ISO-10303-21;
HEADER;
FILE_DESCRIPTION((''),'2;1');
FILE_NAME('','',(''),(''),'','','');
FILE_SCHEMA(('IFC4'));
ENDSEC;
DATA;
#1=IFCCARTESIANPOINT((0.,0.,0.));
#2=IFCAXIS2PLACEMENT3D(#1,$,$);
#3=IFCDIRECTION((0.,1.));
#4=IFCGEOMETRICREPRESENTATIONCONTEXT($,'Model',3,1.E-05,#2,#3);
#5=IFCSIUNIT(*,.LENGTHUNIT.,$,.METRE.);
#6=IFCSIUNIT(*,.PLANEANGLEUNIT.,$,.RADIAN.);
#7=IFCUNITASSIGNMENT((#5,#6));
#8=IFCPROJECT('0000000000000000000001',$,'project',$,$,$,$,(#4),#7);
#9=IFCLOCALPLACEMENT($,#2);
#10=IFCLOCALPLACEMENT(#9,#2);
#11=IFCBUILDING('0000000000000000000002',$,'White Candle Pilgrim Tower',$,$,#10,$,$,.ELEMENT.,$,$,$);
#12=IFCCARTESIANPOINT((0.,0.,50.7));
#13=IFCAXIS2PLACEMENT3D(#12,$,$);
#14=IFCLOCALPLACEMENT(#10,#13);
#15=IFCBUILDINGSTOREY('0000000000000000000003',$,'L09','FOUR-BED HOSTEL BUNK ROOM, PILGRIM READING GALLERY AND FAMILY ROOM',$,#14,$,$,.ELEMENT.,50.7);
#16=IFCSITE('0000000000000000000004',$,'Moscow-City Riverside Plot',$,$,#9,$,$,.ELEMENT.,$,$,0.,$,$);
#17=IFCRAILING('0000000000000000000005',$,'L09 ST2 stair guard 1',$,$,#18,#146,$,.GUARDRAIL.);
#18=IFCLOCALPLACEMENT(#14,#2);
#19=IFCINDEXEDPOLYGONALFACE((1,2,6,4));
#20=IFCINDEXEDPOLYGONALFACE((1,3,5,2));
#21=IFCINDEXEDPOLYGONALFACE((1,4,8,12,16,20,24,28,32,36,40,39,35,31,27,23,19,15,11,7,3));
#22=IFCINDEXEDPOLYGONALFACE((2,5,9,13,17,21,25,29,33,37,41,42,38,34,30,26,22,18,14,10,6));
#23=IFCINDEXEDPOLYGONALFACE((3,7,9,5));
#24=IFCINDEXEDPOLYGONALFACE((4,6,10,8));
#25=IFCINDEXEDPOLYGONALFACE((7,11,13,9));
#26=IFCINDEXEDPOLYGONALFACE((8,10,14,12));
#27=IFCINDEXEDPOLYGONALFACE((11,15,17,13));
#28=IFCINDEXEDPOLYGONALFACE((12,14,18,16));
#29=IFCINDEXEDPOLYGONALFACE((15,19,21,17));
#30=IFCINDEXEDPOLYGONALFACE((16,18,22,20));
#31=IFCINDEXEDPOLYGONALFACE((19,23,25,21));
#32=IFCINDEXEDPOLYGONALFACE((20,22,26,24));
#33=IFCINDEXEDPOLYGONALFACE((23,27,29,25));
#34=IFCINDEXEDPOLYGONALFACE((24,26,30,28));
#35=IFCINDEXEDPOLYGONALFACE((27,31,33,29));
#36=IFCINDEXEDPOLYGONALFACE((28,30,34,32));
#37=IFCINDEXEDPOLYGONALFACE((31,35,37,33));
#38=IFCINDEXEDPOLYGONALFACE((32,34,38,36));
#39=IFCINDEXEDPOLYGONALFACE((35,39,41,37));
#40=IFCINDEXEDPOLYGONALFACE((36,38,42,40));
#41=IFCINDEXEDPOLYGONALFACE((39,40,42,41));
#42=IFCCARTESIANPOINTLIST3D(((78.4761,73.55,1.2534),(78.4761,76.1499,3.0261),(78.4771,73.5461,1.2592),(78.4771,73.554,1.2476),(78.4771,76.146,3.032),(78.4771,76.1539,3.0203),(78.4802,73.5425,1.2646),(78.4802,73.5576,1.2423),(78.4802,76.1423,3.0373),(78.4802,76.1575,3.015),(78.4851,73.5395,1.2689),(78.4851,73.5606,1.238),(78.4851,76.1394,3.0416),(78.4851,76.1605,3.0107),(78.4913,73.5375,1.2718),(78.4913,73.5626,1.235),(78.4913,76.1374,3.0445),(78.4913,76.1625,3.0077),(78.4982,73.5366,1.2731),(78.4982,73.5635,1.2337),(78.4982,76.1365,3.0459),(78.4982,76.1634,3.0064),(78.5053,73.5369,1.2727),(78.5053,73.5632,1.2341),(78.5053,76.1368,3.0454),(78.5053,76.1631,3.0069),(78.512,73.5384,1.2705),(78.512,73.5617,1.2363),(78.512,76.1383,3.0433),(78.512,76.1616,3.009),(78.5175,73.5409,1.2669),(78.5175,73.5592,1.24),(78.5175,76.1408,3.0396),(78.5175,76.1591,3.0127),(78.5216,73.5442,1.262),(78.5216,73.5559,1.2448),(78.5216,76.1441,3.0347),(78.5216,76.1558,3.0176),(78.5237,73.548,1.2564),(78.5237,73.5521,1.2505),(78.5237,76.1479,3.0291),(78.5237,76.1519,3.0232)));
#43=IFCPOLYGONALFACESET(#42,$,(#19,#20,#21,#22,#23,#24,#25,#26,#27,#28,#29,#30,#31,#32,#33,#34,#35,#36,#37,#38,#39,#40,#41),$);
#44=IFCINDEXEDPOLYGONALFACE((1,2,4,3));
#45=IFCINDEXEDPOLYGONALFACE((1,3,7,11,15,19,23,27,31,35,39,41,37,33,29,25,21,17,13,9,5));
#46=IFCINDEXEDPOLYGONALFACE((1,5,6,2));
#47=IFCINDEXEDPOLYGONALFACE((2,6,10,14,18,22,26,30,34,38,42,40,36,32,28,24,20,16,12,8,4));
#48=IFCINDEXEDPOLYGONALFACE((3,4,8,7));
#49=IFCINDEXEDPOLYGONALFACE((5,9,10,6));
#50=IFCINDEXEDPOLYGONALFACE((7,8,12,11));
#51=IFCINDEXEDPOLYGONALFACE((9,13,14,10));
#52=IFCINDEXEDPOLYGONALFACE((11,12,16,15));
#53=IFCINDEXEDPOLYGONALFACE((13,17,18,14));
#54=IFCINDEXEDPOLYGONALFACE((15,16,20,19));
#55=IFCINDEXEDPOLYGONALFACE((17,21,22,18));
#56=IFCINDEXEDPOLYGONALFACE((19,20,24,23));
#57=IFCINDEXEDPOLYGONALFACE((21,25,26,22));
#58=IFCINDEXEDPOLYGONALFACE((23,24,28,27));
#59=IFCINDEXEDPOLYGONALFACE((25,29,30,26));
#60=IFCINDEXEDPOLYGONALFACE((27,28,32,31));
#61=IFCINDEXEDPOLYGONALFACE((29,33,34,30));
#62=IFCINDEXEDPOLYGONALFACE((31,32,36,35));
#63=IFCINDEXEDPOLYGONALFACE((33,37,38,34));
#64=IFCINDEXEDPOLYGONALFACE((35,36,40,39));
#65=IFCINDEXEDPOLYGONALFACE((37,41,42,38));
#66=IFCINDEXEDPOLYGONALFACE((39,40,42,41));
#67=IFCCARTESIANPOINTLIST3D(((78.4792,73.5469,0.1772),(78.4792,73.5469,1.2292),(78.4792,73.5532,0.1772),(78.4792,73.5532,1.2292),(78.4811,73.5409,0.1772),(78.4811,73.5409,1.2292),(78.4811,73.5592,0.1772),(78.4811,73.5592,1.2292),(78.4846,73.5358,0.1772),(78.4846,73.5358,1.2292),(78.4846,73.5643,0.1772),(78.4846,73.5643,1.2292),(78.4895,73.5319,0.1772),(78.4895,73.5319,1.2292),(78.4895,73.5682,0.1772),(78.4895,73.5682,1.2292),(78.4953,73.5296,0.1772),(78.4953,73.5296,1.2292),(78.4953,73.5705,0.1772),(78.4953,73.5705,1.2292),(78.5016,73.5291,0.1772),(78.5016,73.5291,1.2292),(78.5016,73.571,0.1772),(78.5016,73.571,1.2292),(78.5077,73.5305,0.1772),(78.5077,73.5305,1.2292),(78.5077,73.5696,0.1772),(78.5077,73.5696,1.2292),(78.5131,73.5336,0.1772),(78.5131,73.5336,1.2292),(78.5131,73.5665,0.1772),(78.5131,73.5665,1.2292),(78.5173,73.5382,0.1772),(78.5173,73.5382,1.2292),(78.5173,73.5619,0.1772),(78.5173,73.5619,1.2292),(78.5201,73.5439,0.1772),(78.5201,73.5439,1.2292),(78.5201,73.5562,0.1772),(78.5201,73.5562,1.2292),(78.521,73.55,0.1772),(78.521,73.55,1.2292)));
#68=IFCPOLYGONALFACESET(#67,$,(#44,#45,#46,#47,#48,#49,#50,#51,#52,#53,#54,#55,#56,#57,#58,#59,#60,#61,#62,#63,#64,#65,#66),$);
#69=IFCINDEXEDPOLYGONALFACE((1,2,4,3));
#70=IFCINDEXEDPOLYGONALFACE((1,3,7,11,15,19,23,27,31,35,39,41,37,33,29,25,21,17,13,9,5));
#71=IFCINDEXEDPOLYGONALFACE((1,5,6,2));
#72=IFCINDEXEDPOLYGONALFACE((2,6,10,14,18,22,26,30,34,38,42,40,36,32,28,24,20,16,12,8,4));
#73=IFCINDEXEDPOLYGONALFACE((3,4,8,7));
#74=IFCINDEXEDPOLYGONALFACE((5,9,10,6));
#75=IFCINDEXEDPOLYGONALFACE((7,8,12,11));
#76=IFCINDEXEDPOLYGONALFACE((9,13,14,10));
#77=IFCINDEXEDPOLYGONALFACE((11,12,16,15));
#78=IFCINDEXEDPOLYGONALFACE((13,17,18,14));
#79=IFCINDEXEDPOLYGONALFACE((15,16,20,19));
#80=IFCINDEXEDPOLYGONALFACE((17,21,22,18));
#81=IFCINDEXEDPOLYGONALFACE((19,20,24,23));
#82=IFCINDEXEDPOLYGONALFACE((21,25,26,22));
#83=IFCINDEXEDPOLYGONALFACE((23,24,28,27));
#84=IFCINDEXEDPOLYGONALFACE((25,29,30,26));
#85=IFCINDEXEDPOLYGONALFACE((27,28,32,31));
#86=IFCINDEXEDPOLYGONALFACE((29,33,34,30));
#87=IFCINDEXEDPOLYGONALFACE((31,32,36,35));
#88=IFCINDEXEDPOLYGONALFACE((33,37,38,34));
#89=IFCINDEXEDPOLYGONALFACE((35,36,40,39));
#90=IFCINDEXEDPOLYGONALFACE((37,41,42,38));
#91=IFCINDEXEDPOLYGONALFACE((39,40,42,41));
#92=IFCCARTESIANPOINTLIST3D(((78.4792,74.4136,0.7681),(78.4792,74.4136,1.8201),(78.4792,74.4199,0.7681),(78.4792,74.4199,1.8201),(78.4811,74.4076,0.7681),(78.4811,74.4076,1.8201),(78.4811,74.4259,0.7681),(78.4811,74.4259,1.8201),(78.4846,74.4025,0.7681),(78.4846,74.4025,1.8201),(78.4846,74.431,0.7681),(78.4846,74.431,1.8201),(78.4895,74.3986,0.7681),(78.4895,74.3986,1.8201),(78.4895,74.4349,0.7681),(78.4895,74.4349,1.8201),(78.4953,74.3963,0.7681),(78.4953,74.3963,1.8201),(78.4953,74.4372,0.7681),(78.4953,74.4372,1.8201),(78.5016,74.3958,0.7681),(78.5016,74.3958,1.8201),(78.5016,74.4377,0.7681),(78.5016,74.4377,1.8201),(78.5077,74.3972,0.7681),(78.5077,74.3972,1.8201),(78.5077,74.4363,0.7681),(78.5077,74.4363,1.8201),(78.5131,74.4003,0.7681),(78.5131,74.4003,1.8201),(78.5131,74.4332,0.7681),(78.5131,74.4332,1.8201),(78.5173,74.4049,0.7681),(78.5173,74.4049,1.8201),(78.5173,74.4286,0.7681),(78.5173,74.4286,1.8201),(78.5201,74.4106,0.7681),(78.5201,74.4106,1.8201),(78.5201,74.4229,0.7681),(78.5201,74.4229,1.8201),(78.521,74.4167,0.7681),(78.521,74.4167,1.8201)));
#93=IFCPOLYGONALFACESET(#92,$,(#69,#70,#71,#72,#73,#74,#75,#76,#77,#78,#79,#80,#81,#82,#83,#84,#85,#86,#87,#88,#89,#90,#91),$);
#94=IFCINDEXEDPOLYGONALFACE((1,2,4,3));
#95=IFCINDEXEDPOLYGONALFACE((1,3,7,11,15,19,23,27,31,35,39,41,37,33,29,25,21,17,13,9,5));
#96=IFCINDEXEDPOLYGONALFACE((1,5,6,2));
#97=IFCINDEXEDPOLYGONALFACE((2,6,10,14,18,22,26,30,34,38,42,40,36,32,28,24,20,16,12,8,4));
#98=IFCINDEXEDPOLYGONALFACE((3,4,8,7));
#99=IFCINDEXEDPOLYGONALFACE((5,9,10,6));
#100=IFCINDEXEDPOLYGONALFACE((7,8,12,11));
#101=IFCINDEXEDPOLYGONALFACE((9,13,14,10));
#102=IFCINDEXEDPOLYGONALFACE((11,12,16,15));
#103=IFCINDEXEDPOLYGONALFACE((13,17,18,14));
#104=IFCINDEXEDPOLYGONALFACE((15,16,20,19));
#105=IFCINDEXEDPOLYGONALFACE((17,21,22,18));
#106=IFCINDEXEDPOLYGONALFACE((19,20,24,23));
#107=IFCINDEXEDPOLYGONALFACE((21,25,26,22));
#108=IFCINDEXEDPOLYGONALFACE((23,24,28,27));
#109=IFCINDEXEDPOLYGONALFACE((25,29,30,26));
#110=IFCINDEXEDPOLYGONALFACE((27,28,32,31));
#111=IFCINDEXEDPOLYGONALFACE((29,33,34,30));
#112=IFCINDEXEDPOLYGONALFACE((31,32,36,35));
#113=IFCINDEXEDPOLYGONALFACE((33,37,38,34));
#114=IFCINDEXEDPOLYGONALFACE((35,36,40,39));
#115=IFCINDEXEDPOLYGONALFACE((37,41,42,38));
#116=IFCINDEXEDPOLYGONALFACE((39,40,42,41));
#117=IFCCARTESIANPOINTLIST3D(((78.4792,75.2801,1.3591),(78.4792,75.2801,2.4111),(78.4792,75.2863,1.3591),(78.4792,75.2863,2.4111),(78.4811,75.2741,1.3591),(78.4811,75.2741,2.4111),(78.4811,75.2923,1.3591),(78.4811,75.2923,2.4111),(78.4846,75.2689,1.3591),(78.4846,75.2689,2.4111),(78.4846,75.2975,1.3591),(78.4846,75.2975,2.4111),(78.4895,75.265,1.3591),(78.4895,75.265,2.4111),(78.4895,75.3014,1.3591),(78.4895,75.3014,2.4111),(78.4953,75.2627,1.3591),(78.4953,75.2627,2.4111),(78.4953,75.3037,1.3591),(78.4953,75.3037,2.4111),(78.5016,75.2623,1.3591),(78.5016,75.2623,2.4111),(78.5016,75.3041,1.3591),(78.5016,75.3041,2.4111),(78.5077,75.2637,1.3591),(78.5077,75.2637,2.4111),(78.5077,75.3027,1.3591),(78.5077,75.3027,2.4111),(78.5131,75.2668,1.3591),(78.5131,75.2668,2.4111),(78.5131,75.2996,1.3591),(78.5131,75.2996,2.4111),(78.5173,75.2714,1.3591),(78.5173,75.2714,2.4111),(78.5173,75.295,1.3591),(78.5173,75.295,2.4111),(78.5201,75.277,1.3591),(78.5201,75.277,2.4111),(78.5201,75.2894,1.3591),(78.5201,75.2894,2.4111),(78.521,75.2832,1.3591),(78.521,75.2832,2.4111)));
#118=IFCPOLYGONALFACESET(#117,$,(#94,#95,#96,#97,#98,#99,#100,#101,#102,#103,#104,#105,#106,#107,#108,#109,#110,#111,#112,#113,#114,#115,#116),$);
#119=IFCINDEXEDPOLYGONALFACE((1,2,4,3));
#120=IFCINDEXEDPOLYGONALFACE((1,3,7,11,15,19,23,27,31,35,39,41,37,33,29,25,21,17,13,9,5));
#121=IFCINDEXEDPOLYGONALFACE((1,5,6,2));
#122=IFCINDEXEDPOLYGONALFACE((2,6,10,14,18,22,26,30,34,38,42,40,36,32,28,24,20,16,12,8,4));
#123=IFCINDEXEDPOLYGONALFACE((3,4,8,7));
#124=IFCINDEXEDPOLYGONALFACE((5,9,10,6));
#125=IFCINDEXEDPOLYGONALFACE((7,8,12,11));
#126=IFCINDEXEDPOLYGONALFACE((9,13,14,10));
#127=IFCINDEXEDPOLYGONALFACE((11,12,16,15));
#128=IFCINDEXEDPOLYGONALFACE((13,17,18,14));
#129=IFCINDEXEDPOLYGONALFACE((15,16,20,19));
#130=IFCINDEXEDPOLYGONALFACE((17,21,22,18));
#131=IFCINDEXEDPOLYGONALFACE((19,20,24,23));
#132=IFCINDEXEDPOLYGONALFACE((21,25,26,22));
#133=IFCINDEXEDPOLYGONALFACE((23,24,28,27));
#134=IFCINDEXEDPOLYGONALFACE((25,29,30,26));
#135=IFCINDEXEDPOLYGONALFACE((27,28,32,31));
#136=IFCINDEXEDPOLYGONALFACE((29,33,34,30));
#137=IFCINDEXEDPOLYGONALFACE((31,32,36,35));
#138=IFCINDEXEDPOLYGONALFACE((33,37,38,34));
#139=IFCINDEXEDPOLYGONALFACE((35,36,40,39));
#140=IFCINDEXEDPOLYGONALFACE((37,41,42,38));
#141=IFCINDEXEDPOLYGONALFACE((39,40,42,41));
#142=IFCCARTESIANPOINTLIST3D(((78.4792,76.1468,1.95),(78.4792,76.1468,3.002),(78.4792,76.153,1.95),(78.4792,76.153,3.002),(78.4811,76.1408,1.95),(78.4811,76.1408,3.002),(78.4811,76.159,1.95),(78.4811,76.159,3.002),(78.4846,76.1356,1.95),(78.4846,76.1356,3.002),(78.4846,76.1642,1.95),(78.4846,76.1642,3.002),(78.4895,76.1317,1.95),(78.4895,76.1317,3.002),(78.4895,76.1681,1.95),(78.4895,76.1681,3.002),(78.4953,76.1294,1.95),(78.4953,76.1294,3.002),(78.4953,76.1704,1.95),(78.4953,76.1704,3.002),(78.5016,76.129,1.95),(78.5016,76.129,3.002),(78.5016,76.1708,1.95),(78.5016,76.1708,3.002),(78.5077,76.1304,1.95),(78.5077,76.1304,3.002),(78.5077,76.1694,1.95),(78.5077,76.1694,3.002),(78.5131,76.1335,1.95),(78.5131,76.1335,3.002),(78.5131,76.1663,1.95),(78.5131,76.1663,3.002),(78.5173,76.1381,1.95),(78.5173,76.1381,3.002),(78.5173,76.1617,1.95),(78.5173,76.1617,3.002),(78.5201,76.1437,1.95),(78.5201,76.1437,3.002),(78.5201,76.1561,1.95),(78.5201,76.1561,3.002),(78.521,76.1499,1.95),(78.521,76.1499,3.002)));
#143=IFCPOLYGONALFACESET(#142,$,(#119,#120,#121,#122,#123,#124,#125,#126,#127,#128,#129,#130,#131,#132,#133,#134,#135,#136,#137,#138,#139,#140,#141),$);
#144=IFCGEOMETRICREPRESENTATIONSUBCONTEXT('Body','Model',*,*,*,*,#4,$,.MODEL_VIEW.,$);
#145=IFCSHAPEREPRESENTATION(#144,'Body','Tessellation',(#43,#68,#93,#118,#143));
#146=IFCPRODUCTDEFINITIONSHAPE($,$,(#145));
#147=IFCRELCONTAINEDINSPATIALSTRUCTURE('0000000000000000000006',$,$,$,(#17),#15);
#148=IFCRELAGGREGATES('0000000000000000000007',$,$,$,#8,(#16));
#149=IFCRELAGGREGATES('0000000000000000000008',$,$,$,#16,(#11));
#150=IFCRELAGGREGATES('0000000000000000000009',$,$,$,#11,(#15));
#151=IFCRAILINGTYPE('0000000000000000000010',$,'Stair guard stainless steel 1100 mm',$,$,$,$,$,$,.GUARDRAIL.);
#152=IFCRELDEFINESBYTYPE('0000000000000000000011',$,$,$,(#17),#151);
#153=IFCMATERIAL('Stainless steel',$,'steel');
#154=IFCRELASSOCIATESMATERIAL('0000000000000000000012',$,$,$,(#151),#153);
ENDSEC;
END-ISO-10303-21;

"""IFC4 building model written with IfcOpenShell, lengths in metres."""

from ifc_helpers import new_model, si_unit, direction, frame, origin, origin_2d, place, context, subcontext, project, spatial, circle, extrude, material, type_object, element, save


model = new_model("IFC4")

# Units and contexts
model_context = context("Model", 3, precision=1e-05, world=origin(), true_north=direction((0.0, 1.0)))
body_context = subcontext(model_context, "Body", "Model", "MODEL_VIEW")
ifc_project = project(units=[si_unit("LENGTHUNIT", "METRE"), si_unit("PLANEANGLEUNIT", "RADIAN")], contexts=[model_context])

# Site, building, storey
site_placement = place(None, origin())
site = spatial("IfcSite", under=ifc_project, at=site_placement, Name="Moscow-City Riverside Plot", CompositionType="ELEMENT", RefElevation=0.0)
building_placement = place(site_placement, origin())
building = spatial("IfcBuilding", under=site, at=building_placement, Name="White Candle Pilgrim Tower", CompositionType="ELEMENT")
storey_placement = place(building_placement, frame((0.0, 0.0, 50.7)))
storey = spatial("IfcBuildingStorey", under=building, at=storey_placement, Name="L09", Description="FOUR-BED HOSTEL BUNK ROOM, PILGRIM READING GALLERY AND FAMILY ROOM", CompositionType="ELEMENT", Elevation=50.7)

# Railing
ifc_material_1 = material(Name="Stainless steel", Category="steel")
railing_type_1 = type_object("IfcRailingType", Name="Stair guard stainless steel 1100 mm", PredefinedType="GUARDRAIL", material=ifc_material_1)
railing_1_placement = place(storey_placement, frame((78.5, 73.55, 0.1772)))
element("IfcRailing", 1, at=railing_1_placement, inside=storey, type_object=railing_type_1, Name="L09 ST2 stair guard 1", PredefinedType="GUARDRAIL", context=body_context, shape_type="SweptSolid", body=[
    extrude(circle(Radius=0.0239, at=origin_2d()), frame((0.0, 0.0, 1.0762), z_axis=(0.0, 0.826216, 0.563354), x_axis=(-1.0, 0.0, 0.0)), (0.0, 0.0, 1.0), 3.1467),
    extrude(circle(Radius=0.021, at=origin_2d()), origin(), (0.0, 0.0, 1.0), 1.052),
    extrude(circle(Radius=0.021, at=origin_2d()), frame((0.0, 0.8667, 0.5908)), (0.0, 0.0, 1.0), 1.052),
    extrude(circle(Radius=0.021, at=origin_2d()), frame((0.0, 1.7332, 1.1819)), (0.0, 0.0, 1.0), 1.052),
    extrude(circle(Radius=0.021, at=origin_2d()), frame((0.0, 2.5999, 1.7727)), (0.0, 0.0, 1.0), 1.052),
])

save(model, "model.ifc")
